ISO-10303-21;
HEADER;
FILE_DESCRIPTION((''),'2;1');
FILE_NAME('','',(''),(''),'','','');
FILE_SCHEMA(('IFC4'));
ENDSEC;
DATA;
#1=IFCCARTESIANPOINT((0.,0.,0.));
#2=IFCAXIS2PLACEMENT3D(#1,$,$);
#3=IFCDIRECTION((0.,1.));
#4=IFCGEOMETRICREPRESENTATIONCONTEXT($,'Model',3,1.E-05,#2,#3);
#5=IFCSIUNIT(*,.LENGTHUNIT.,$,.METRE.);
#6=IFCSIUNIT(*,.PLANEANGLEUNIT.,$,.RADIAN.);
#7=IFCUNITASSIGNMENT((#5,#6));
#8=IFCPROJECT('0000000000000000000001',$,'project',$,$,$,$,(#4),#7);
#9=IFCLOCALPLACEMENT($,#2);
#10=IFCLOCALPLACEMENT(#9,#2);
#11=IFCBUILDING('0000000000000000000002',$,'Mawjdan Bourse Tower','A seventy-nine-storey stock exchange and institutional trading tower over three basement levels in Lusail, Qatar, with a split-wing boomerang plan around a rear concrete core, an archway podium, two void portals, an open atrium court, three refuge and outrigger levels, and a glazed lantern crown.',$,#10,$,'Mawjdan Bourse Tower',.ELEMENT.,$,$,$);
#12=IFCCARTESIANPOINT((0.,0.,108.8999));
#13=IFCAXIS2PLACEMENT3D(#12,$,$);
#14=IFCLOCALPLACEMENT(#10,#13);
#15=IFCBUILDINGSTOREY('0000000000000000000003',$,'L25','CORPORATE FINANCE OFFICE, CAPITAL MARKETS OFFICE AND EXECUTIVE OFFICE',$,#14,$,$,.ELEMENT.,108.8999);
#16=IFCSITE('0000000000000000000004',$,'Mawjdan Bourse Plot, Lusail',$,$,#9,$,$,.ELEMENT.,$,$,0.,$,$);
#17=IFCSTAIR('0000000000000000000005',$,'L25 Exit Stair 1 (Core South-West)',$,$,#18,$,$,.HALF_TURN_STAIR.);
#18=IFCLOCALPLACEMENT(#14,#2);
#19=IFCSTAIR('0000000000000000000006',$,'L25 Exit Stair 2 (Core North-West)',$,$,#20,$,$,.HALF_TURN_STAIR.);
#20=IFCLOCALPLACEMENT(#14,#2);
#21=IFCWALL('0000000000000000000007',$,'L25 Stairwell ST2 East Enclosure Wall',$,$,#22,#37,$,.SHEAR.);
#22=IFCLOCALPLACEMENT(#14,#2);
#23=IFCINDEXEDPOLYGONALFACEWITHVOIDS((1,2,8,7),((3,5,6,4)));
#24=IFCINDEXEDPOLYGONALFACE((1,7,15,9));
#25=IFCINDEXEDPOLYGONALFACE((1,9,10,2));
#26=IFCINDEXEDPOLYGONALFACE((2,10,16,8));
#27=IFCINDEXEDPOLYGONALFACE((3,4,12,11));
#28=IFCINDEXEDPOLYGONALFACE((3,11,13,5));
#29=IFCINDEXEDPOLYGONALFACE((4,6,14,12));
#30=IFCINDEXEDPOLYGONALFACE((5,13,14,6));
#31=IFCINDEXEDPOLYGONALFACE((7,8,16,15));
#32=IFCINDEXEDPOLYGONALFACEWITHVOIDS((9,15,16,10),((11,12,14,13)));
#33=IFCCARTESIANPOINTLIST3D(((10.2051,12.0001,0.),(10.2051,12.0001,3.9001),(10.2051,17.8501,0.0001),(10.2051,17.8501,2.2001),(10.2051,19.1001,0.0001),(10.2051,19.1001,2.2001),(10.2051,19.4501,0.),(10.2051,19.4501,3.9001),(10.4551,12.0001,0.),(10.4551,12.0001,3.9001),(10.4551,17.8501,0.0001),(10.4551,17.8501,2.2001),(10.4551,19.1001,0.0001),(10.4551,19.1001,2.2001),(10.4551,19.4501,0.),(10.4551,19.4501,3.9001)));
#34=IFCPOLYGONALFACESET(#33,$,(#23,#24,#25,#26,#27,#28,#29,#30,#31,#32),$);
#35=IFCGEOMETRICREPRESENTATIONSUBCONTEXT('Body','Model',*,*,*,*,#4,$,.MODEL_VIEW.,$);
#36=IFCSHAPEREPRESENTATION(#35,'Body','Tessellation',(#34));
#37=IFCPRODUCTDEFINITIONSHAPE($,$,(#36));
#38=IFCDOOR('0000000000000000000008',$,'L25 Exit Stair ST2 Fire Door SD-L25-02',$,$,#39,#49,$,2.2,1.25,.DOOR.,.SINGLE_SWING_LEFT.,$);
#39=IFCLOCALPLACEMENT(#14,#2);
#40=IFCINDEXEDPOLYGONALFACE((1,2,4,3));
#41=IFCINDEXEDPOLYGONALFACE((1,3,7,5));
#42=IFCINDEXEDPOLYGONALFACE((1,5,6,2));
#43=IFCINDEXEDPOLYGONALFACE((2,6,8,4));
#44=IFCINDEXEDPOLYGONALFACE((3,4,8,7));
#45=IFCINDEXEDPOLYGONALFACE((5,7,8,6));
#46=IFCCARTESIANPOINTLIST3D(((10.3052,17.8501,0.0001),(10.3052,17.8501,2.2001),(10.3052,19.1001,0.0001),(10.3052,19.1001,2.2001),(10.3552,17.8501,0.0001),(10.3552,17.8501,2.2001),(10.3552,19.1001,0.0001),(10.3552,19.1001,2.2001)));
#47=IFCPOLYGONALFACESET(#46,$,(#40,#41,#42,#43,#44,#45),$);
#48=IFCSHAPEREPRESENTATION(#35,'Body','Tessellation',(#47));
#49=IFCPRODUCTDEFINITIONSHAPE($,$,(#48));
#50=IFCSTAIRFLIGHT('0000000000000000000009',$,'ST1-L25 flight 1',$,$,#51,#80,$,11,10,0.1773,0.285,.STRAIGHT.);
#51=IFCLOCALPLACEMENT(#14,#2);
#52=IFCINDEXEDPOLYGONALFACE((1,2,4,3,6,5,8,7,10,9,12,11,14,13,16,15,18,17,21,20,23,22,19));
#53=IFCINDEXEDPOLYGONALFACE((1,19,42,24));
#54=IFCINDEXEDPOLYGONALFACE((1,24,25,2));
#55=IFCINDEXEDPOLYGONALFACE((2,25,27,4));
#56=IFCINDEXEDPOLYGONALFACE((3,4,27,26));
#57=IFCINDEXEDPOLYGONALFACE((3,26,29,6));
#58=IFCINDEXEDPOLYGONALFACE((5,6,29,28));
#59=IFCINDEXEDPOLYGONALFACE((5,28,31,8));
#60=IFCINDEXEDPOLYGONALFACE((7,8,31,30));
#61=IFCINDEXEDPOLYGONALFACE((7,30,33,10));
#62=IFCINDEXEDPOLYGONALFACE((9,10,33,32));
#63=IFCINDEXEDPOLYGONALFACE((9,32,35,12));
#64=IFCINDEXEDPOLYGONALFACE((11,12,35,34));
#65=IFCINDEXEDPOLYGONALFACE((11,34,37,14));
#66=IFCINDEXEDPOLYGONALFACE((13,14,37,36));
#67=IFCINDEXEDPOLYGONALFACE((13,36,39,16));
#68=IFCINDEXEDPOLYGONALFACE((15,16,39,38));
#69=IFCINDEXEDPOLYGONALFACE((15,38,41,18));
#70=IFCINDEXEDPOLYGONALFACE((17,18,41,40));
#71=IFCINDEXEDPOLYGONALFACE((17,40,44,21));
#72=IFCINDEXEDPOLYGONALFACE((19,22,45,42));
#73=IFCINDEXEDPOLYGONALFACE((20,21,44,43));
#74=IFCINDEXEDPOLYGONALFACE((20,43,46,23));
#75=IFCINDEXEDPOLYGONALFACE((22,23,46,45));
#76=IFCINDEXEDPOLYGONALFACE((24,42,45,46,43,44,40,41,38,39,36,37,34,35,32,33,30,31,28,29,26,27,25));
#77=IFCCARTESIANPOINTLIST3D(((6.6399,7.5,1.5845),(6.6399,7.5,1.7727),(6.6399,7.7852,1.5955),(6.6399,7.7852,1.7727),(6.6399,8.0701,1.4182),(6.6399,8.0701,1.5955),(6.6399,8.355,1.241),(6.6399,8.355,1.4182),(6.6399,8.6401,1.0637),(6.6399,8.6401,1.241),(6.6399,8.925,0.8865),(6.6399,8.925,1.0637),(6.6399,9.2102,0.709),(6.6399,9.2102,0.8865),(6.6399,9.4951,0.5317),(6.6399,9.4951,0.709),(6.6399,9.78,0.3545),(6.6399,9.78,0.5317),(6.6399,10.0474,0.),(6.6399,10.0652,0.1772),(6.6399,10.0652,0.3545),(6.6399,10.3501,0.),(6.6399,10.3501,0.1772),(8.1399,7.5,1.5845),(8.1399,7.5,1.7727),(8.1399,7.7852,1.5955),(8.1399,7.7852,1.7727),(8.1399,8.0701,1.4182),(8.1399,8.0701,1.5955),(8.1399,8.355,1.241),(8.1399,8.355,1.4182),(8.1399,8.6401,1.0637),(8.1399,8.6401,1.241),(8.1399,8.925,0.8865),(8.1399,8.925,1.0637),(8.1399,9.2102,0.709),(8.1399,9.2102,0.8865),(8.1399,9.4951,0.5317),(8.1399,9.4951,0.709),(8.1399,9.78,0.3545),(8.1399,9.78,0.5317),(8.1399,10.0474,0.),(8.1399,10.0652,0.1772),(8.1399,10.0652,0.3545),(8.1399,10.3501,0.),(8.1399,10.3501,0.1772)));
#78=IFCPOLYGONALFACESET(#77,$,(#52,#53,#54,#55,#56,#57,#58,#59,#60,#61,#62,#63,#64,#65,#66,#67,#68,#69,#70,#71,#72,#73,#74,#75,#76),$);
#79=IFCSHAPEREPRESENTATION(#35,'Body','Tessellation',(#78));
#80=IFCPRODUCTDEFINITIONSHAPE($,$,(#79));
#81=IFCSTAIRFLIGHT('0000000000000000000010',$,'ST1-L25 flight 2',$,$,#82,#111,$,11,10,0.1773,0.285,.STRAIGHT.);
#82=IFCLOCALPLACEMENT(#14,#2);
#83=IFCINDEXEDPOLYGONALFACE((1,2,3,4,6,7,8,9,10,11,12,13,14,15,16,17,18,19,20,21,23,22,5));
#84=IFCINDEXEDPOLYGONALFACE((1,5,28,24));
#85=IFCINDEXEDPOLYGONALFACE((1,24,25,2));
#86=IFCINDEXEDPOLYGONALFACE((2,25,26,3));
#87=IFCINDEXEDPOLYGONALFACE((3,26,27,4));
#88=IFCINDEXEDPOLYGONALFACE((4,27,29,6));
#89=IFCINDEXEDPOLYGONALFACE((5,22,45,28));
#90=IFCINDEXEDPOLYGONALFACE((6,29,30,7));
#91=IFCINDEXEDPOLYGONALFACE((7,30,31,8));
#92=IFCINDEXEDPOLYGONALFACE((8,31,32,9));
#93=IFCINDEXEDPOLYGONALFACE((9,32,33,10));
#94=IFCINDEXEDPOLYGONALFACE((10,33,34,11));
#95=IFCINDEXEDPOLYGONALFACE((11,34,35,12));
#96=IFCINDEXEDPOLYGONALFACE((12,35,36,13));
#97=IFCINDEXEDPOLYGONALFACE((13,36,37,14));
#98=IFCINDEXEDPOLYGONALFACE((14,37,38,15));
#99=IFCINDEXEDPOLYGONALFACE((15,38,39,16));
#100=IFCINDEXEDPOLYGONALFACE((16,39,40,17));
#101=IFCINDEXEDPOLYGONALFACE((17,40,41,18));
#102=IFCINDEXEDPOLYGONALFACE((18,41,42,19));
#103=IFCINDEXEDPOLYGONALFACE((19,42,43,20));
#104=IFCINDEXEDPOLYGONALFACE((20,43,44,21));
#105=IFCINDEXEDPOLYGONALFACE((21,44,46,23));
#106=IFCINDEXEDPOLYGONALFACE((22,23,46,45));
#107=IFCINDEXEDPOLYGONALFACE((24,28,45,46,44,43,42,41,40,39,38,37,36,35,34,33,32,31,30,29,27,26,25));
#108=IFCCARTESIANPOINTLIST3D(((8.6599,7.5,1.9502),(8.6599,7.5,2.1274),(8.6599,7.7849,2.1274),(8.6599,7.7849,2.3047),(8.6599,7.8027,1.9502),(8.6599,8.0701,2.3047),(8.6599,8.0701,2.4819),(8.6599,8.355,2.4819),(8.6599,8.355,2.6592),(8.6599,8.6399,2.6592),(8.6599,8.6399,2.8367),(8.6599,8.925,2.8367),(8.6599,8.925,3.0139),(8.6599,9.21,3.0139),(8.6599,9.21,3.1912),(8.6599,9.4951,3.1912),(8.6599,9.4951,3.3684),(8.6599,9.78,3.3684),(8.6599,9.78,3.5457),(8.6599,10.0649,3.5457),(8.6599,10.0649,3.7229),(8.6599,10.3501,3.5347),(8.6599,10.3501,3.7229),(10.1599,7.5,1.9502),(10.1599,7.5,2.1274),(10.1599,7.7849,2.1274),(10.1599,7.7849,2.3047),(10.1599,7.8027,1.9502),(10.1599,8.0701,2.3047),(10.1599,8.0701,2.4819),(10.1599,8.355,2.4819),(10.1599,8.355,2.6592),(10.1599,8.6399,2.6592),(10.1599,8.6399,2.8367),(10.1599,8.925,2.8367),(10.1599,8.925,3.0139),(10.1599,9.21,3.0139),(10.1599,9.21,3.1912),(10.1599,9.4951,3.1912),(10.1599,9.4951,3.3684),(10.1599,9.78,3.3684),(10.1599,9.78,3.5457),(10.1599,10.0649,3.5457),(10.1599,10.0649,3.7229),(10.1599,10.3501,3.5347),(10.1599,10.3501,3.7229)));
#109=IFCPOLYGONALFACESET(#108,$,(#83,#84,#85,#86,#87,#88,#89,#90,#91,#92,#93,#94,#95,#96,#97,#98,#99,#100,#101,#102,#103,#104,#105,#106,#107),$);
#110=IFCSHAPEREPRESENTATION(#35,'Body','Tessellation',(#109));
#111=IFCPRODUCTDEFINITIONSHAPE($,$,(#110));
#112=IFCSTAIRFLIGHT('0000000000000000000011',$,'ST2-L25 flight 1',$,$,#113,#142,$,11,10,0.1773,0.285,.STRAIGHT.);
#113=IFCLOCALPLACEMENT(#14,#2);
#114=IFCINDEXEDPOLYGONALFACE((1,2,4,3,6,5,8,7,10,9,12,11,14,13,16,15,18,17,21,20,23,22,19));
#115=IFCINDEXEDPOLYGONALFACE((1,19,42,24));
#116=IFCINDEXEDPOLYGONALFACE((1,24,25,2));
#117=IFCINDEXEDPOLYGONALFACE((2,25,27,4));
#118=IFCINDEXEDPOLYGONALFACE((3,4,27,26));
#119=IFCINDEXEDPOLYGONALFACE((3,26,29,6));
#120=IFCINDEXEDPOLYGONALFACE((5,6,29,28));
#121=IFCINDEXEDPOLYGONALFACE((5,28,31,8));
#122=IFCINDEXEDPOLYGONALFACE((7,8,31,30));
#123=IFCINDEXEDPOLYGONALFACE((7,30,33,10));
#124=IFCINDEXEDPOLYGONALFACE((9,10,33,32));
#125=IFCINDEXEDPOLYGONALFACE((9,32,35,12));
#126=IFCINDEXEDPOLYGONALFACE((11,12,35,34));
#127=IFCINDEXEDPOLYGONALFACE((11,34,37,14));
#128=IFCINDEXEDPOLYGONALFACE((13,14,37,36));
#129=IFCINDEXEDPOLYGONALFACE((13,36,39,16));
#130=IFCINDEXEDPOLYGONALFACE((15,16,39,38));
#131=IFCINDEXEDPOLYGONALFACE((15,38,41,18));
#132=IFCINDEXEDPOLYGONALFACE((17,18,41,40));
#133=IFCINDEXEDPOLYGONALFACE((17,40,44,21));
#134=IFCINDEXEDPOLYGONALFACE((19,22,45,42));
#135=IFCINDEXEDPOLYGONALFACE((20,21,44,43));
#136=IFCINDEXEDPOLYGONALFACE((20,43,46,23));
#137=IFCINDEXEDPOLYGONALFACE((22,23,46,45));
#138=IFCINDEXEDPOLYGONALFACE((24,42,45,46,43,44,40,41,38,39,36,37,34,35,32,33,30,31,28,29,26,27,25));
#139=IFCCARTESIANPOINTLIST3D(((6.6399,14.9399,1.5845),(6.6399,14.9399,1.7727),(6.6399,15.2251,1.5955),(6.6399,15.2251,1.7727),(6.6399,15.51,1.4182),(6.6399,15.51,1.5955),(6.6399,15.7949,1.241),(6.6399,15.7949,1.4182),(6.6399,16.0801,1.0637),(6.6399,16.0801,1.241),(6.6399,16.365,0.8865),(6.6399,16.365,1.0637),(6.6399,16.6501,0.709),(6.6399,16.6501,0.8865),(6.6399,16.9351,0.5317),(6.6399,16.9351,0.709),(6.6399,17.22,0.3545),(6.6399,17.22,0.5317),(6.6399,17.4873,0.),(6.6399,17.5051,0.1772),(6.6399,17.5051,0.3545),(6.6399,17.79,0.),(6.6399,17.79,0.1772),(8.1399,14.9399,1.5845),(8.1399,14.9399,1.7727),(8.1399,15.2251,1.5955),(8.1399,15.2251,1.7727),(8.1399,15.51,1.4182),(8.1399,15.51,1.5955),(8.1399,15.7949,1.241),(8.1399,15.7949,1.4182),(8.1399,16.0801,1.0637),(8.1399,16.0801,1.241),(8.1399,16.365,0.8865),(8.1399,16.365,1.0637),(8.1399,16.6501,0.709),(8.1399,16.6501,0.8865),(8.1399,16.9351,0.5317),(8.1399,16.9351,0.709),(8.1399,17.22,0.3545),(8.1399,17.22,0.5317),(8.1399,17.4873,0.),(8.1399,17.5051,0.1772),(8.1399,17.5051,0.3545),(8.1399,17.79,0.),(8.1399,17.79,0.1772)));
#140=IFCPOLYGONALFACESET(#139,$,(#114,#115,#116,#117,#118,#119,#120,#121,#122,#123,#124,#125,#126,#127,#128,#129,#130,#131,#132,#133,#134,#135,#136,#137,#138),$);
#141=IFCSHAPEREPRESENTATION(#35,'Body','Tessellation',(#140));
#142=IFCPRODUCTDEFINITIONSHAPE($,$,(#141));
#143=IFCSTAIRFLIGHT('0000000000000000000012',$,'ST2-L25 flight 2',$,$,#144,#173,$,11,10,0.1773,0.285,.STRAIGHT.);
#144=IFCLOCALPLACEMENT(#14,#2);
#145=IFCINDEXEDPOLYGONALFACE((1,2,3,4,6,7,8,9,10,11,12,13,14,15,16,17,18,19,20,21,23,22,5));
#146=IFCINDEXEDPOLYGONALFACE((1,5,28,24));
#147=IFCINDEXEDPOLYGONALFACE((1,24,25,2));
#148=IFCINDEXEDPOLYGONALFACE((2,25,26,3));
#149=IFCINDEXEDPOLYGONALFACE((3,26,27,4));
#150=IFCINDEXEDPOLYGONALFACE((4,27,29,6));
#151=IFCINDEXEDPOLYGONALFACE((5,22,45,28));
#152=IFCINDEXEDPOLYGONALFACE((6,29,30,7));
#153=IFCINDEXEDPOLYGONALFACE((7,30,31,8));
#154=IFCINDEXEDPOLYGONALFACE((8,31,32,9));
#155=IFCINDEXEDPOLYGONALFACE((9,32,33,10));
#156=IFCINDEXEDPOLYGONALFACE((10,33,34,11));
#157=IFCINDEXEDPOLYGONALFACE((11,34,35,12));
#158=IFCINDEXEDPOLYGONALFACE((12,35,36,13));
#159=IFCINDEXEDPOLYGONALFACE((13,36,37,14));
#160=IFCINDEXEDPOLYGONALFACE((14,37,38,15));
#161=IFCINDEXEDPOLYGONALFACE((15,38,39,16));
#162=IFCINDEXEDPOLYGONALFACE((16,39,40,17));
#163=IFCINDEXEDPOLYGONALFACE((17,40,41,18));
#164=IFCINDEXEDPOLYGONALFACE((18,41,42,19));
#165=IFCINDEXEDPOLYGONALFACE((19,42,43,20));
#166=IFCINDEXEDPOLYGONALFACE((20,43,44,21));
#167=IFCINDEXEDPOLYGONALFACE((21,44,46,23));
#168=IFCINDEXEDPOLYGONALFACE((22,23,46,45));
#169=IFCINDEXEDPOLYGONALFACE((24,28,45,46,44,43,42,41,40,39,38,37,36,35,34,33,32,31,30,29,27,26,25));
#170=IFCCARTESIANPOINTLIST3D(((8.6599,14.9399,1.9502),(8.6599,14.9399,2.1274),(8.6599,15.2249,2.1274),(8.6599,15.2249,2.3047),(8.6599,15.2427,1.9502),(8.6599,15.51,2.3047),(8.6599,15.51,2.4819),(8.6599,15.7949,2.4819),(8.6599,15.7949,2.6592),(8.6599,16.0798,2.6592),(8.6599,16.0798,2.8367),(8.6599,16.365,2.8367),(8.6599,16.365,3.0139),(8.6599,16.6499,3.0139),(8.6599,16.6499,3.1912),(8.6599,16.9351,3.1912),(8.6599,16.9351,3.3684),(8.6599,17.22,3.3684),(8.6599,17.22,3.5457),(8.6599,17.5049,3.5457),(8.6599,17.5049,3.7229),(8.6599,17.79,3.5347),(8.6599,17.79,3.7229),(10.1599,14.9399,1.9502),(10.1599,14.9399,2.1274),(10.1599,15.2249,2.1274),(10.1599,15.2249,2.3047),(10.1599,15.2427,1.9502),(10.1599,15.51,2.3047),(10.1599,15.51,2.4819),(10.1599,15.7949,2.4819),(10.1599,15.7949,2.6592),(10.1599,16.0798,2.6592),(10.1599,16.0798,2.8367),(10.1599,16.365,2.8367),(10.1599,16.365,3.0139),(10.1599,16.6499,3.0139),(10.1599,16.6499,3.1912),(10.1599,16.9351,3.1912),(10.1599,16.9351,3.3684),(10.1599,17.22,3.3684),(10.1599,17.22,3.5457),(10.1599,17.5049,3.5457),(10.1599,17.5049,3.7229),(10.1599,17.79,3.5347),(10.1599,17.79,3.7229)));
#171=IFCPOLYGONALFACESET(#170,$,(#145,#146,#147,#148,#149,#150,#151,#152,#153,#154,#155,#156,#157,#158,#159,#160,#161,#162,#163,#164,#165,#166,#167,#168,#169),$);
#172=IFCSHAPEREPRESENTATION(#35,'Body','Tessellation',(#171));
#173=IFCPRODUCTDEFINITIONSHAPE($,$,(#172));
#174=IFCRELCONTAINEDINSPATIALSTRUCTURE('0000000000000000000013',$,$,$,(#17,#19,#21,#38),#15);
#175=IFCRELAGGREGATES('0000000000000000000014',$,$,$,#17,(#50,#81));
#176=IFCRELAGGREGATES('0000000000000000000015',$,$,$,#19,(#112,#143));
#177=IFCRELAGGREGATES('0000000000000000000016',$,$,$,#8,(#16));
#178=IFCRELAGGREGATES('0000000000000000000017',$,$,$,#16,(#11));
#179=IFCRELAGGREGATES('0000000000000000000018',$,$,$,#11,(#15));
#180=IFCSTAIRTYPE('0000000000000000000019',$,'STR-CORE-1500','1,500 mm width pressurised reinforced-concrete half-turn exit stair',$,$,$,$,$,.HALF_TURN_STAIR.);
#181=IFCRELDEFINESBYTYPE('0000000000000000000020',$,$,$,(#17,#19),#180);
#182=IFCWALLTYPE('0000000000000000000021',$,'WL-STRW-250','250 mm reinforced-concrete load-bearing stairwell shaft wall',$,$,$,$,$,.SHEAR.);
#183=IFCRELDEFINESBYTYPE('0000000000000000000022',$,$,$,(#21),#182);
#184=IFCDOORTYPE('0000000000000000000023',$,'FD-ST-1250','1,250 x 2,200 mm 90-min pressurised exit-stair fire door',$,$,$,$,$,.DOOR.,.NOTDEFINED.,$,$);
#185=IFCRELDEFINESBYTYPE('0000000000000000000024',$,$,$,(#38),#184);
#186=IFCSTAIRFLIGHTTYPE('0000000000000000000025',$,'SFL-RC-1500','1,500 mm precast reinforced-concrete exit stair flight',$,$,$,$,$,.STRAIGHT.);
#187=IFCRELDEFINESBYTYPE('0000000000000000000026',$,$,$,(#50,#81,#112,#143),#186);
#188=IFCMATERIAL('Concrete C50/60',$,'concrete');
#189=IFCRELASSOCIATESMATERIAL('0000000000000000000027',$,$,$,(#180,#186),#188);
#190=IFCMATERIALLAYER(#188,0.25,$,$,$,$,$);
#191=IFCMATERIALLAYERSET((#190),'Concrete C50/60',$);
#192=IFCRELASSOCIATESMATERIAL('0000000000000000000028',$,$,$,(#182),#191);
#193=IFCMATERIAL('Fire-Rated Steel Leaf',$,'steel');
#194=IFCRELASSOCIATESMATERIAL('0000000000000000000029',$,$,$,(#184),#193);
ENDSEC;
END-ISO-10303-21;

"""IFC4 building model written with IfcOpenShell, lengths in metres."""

from ifc_helpers import new_model, si_unit, direction, frame, frame_2d, origin, place, context, subcontext, project, spatial, polyline, rectangle, outline, extrude, material, layer, layer_set, type_object, element, fill, aggregate, save


model = new_model("IFC4")

# Units and contexts
model_context = context("Model", 3, precision=1e-05, world=origin(), true_north=direction((0.0, 1.0)))
body_context = subcontext(model_context, "Body", "Model", "MODEL_VIEW")
ifc_project = project(units=[si_unit("LENGTHUNIT", "METRE"), si_unit("PLANEANGLEUNIT", "RADIAN")], contexts=[model_context])

# Site, building, storey
site_placement = place(None, origin())
site = spatial("IfcSite", under=ifc_project, at=site_placement, Name="Mawjdan Bourse Plot, Lusail", CompositionType="ELEMENT", RefElevation=0.0)
building_placement = place(site_placement, origin())
building = spatial("IfcBuilding", under=site, at=building_placement, Name="Mawjdan Bourse Tower", Description="A seventy-nine-storey stock exchange and institutional trading tower over three basement levels in Lusail, Qatar, with a split-wing boomerang plan around a rear concrete core, an archway podium, two void portals, an open atrium court, three refuge and outrigger levels, and a glazed lantern crown.", LongName="Mawjdan Bourse Tower", CompositionType="ELEMENT")
storey_placement = place(building_placement, frame((0.0, 0.0, 108.8999)))
storey = spatial("IfcBuildingStorey", under=building, at=storey_placement, Name="L25", Description="CORPORATE FINANCE OFFICE, CAPITAL MARKETS OFFICE AND EXECUTIVE OFFICE", CompositionType="ELEMENT", Elevation=108.8999)

# Stairs
ifc_material_1 = material(Name="Concrete C50/60", Category="concrete")
stair_type = type_object("IfcStairType", Name="STR-CORE-1500", Description="1,500 mm width pressurised reinforced-concrete half-turn exit stair", PredefinedType="HALF_TURN_STAIR", material=ifc_material_1)
stair_1_placement = place(storey_placement, origin())
stair_1 = element("IfcStair", 1, at=stair_1_placement, inside=storey, type_object=stair_type, Name="L25 Exit Stair 1 (Core South-West)", PredefinedType="HALF_TURN_STAIR")
stair_2_placement = place(storey_placement, origin())
stair_2 = element("IfcStair", 2, at=stair_2_placement, inside=storey, type_object=stair_type, Name="L25 Exit Stair 2 (Core North-West)", PredefinedType="HALF_TURN_STAIR")

# Shared definitions
ifc_layer_1 = layer(ifc_material_1, 0.25)
ifc_layer_set_1 = layer_set([ifc_layer_1], Name="Concrete C50/60")
wall_type_1 = type_object("IfcWallType", Name="WL-STRW-250", Description="250 mm reinforced-concrete load-bearing stairwell shaft wall", PredefinedType="SHEAR", material=ifc_layer_set_1)

# Wall, opening, door
ifc_material_2 = material(Name="Fire-Rated Steel Leaf", Category="steel")
door_type_1 = type_object("IfcDoorType", Name="FD-ST-1250", Description="1,250 x 2,200 mm 90-min pressurised exit-stair fire door", OperationType="NOTDEFINED", PredefinedType="DOOR", material=ifc_material_2)
wall_1_placement = place(storey_placement, frame((10.3301, 12.0, 0.0), z_axis=(0.0, 0.0, 1.0), x_axis=(0.0, 1.0, 0.0)))
wall_1 = element("IfcWall", 3, at=wall_1_placement, inside=storey, type_object=wall_type_1, Name="L25 Stairwell ST2 East Enclosure Wall", PredefinedType="SHEAR", context=body_context, shape_type="SweptSolid", body=[
    extrude(rectangle(XDim=7.45, YDim=0.25, at=frame_2d((3.7251, 0.0))), origin(), (0.0, 0.0, 1.0), 3.9001),
])
opening_1_placement = place(wall_1_placement, frame((5.8501, 0.0, 0.0)))
opening_1 = element("IfcOpeningElement", 4, at=opening_1_placement, cuts=wall_1, PredefinedType="OPENING", context=body_context, shape_type="SweptSolid", body=[
    extrude(rectangle(XDim=1.25, YDim=2.2, at=frame_2d((0.625, 1.1001))), frame((0.0, 0.135, 0.0), z_axis=(0.0, -1.0, 0.0), x_axis=(1.0, 0.0, 0.0)), (0.0, 0.0, 1.0), 0.27),
])
door_1_placement = place(opening_1_placement, origin())
door_1 = element("IfcDoor", 5, at=door_1_placement, inside=storey, type_object=door_type_1, Name="L25 Exit Stair ST2 Fire Door SD-L25-02", OperationType="SINGLE_SWING_LEFT", OverallHeight=2.2, OverallWidth=1.25, PredefinedType="DOOR", context=body_context, shape_type="SweptSolid", body=[
    extrude(rectangle(XDim=1.25, YDim=2.2, at=frame_2d((0.625, 1.1001))), frame((0.0, 0.0249, 0.0), z_axis=(0.0, -1.0, 0.0), x_axis=(1.0, 0.0, 0.0)), (0.0, 0.0, 1.0), 0.05),
])
fill(opening_1, door_1)

# Stair flights
stair_flight_type = type_object("IfcStairFlightType", Name="SFL-RC-1500", Description="1,500 mm precast reinforced-concrete exit stair flight", PredefinedType="STRAIGHT", material=ifc_material_1)
stair_flight_1_placement = place(storey_placement, frame((7.3899, 10.3501, 0.0), z_axis=(0.0, 0.0, 1.0), x_axis=(0.0, -1.0, 0.0)))
stair_flight_1 = element("IfcStairFlight", 6, at=stair_flight_1_placement, type_object=stair_flight_type, Name="ST1-L25 flight 1", NumberOfRisers=11, NumberOfTreads=10, PredefinedType="STRAIGHT", RiserHeight=0.1773, TreadLength=0.285, context=body_context, shape_type="SweptSolid", body=[
    extrude(outline(polyline([(0.0, 0.0), (0.0, 0.1772), (0.2849, 0.1772), (0.2849, 0.3545), (0.5701, 0.3545), (0.5701, 0.5317), (0.855, 0.5317), (0.855, 0.709), (1.1399, 0.709), (1.1399, 0.8865), (1.425, 0.8865), (1.425, 1.0637), (1.71, 1.0637), (1.71, 1.241), (1.9951, 1.241), (1.9951, 1.4182), (2.28, 1.4182), (2.28, 1.5955), (2.5649, 1.5955), (2.5649, 1.7727), (2.8501, 1.7727), (2.8501, 1.95), (2.8501, 1.5845), (0.3027, 0.0), (0.0, 0.0)])), frame((0.0, 0.75, 0.0), z_axis=(0.0, -1.0, 0.0), x_axis=(1.0, 0.0, 0.0)), (0.0, 0.0, 1.0), 1.5),
])
stair_flight_2_placement = place(storey_placement, frame((9.4099, 7.5, 1.9502), z_axis=(0.0, 0.0, 1.0), x_axis=(0.0, 1.0, 0.0)))
stair_flight_2 = element("IfcStairFlight", 7, at=stair_flight_2_placement, type_object=stair_flight_type, Name="ST1-L25 flight 2", NumberOfRisers=11, NumberOfTreads=10, PredefinedType="STRAIGHT", RiserHeight=0.1773, TreadLength=0.285, context=body_context, shape_type="SweptSolid", body=[
    extrude(outline(polyline([(0.0, 0.0), (0.0, 0.1772), (0.2849, 0.1772), (0.2849, 0.3545), (0.5701, 0.3545), (0.5701, 0.5317), (0.855, 0.5317), (0.855, 0.709), (1.1399, 0.709), (1.1399, 0.8865), (1.425, 0.8865), (1.425, 1.0637), (1.71, 1.0637), (1.71, 1.241), (1.9951, 1.241), (1.9951, 1.4182), (2.28, 1.4182), (2.28, 1.5955), (2.5649, 1.5955), (2.5649, 1.7727), (2.8501, 1.7727), (2.8501, 1.95), (2.8501, 1.5845), (0.3027, 0.0), (0.0, 0.0)])), frame((0.0, 0.75, 0.0), z_axis=(0.0, -1.0, 0.0), x_axis=(1.0, 0.0, 0.0)), (0.0, 0.0, 1.0), 1.5),
])
aggregate(stair_1, [stair_flight_1, stair_flight_2])
stair_flight_3_placement = place(storey_placement, frame((7.3899, 17.79, 0.0), z_axis=(0.0, 0.0, 1.0), x_axis=(0.0, -1.0, 0.0)))
stair_flight_3 = element("IfcStairFlight", 8, at=stair_flight_3_placement, type_object=stair_flight_type, Name="ST2-L25 flight 1", NumberOfRisers=11, NumberOfTreads=10, PredefinedType="STRAIGHT", RiserHeight=0.1773, TreadLength=0.285, context=body_context, shape_type="SweptSolid", body=[
    extrude(outline(polyline([(0.0, 0.0), (0.0, 0.1772), (0.2849, 0.1772), (0.2849, 0.3545), (0.5701, 0.3545), (0.5701, 0.5317), (0.855, 0.5317), (0.855, 0.709), (1.1399, 0.709), (1.1399, 0.8865), (1.425, 0.8865), (1.425, 1.0637), (1.71, 1.0637), (1.71, 1.241), (1.9951, 1.241), (1.9951, 1.4182), (2.28, 1.4182), (2.28, 1.5955), (2.5649, 1.5955), (2.5649, 1.7727), (2.8501, 1.7727), (2.8501, 1.95), (2.8501, 1.5845), (0.3027, 0.0), (0.0, 0.0)])), frame((0.0, 0.75, 0.0), z_axis=(0.0, -1.0, 0.0), x_axis=(1.0, 0.0, 0.0)), (0.0, 0.0, 1.0), 1.5),
])
stair_flight_4_placement = place(storey_placement, frame((9.4099, 14.9399, 1.9502), z_axis=(0.0, 0.0, 1.0), x_axis=(0.0, 1.0, 0.0)))
stair_flight_4 = element("IfcStairFlight", 9, at=stair_flight_4_placement, type_object=stair_flight_type, Name="ST2-L25 flight 2", NumberOfRisers=11, NumberOfTreads=10, PredefinedType="STRAIGHT", RiserHeight=0.1773, TreadLength=0.285, context=body_context, shape_type="SweptSolid", body=[
    extrude(outline(polyline([(0.0, 0.0), (0.0, 0.1772), (0.2849, 0.1772), (0.2849, 0.3545), (0.5701, 0.3545), (0.5701, 0.5317), (0.855, 0.5317), (0.855, 0.709), (1.1399, 0.709), (1.1399, 0.8865), (1.425, 0.8865), (1.425, 1.0637), (1.71, 1.0637), (1.71, 1.241), (1.9951, 1.241), (1.9951, 1.4182), (2.28, 1.4182), (2.28, 1.5955), (2.5649, 1.5955), (2.5649, 1.7727), (2.8501, 1.7727), (2.8501, 1.95), (2.8501, 1.5845), (0.3027, 0.0), (0.0, 0.0)])), frame((0.0, 0.75, 0.0), z_axis=(0.0, -1.0, 0.0), x_axis=(1.0, 0.0, 0.0)), (0.0, 0.0, 1.0), 1.5),
])
aggregate(stair_2, [stair_flight_3, stair_flight_4])

save(model, "model.ifc")
